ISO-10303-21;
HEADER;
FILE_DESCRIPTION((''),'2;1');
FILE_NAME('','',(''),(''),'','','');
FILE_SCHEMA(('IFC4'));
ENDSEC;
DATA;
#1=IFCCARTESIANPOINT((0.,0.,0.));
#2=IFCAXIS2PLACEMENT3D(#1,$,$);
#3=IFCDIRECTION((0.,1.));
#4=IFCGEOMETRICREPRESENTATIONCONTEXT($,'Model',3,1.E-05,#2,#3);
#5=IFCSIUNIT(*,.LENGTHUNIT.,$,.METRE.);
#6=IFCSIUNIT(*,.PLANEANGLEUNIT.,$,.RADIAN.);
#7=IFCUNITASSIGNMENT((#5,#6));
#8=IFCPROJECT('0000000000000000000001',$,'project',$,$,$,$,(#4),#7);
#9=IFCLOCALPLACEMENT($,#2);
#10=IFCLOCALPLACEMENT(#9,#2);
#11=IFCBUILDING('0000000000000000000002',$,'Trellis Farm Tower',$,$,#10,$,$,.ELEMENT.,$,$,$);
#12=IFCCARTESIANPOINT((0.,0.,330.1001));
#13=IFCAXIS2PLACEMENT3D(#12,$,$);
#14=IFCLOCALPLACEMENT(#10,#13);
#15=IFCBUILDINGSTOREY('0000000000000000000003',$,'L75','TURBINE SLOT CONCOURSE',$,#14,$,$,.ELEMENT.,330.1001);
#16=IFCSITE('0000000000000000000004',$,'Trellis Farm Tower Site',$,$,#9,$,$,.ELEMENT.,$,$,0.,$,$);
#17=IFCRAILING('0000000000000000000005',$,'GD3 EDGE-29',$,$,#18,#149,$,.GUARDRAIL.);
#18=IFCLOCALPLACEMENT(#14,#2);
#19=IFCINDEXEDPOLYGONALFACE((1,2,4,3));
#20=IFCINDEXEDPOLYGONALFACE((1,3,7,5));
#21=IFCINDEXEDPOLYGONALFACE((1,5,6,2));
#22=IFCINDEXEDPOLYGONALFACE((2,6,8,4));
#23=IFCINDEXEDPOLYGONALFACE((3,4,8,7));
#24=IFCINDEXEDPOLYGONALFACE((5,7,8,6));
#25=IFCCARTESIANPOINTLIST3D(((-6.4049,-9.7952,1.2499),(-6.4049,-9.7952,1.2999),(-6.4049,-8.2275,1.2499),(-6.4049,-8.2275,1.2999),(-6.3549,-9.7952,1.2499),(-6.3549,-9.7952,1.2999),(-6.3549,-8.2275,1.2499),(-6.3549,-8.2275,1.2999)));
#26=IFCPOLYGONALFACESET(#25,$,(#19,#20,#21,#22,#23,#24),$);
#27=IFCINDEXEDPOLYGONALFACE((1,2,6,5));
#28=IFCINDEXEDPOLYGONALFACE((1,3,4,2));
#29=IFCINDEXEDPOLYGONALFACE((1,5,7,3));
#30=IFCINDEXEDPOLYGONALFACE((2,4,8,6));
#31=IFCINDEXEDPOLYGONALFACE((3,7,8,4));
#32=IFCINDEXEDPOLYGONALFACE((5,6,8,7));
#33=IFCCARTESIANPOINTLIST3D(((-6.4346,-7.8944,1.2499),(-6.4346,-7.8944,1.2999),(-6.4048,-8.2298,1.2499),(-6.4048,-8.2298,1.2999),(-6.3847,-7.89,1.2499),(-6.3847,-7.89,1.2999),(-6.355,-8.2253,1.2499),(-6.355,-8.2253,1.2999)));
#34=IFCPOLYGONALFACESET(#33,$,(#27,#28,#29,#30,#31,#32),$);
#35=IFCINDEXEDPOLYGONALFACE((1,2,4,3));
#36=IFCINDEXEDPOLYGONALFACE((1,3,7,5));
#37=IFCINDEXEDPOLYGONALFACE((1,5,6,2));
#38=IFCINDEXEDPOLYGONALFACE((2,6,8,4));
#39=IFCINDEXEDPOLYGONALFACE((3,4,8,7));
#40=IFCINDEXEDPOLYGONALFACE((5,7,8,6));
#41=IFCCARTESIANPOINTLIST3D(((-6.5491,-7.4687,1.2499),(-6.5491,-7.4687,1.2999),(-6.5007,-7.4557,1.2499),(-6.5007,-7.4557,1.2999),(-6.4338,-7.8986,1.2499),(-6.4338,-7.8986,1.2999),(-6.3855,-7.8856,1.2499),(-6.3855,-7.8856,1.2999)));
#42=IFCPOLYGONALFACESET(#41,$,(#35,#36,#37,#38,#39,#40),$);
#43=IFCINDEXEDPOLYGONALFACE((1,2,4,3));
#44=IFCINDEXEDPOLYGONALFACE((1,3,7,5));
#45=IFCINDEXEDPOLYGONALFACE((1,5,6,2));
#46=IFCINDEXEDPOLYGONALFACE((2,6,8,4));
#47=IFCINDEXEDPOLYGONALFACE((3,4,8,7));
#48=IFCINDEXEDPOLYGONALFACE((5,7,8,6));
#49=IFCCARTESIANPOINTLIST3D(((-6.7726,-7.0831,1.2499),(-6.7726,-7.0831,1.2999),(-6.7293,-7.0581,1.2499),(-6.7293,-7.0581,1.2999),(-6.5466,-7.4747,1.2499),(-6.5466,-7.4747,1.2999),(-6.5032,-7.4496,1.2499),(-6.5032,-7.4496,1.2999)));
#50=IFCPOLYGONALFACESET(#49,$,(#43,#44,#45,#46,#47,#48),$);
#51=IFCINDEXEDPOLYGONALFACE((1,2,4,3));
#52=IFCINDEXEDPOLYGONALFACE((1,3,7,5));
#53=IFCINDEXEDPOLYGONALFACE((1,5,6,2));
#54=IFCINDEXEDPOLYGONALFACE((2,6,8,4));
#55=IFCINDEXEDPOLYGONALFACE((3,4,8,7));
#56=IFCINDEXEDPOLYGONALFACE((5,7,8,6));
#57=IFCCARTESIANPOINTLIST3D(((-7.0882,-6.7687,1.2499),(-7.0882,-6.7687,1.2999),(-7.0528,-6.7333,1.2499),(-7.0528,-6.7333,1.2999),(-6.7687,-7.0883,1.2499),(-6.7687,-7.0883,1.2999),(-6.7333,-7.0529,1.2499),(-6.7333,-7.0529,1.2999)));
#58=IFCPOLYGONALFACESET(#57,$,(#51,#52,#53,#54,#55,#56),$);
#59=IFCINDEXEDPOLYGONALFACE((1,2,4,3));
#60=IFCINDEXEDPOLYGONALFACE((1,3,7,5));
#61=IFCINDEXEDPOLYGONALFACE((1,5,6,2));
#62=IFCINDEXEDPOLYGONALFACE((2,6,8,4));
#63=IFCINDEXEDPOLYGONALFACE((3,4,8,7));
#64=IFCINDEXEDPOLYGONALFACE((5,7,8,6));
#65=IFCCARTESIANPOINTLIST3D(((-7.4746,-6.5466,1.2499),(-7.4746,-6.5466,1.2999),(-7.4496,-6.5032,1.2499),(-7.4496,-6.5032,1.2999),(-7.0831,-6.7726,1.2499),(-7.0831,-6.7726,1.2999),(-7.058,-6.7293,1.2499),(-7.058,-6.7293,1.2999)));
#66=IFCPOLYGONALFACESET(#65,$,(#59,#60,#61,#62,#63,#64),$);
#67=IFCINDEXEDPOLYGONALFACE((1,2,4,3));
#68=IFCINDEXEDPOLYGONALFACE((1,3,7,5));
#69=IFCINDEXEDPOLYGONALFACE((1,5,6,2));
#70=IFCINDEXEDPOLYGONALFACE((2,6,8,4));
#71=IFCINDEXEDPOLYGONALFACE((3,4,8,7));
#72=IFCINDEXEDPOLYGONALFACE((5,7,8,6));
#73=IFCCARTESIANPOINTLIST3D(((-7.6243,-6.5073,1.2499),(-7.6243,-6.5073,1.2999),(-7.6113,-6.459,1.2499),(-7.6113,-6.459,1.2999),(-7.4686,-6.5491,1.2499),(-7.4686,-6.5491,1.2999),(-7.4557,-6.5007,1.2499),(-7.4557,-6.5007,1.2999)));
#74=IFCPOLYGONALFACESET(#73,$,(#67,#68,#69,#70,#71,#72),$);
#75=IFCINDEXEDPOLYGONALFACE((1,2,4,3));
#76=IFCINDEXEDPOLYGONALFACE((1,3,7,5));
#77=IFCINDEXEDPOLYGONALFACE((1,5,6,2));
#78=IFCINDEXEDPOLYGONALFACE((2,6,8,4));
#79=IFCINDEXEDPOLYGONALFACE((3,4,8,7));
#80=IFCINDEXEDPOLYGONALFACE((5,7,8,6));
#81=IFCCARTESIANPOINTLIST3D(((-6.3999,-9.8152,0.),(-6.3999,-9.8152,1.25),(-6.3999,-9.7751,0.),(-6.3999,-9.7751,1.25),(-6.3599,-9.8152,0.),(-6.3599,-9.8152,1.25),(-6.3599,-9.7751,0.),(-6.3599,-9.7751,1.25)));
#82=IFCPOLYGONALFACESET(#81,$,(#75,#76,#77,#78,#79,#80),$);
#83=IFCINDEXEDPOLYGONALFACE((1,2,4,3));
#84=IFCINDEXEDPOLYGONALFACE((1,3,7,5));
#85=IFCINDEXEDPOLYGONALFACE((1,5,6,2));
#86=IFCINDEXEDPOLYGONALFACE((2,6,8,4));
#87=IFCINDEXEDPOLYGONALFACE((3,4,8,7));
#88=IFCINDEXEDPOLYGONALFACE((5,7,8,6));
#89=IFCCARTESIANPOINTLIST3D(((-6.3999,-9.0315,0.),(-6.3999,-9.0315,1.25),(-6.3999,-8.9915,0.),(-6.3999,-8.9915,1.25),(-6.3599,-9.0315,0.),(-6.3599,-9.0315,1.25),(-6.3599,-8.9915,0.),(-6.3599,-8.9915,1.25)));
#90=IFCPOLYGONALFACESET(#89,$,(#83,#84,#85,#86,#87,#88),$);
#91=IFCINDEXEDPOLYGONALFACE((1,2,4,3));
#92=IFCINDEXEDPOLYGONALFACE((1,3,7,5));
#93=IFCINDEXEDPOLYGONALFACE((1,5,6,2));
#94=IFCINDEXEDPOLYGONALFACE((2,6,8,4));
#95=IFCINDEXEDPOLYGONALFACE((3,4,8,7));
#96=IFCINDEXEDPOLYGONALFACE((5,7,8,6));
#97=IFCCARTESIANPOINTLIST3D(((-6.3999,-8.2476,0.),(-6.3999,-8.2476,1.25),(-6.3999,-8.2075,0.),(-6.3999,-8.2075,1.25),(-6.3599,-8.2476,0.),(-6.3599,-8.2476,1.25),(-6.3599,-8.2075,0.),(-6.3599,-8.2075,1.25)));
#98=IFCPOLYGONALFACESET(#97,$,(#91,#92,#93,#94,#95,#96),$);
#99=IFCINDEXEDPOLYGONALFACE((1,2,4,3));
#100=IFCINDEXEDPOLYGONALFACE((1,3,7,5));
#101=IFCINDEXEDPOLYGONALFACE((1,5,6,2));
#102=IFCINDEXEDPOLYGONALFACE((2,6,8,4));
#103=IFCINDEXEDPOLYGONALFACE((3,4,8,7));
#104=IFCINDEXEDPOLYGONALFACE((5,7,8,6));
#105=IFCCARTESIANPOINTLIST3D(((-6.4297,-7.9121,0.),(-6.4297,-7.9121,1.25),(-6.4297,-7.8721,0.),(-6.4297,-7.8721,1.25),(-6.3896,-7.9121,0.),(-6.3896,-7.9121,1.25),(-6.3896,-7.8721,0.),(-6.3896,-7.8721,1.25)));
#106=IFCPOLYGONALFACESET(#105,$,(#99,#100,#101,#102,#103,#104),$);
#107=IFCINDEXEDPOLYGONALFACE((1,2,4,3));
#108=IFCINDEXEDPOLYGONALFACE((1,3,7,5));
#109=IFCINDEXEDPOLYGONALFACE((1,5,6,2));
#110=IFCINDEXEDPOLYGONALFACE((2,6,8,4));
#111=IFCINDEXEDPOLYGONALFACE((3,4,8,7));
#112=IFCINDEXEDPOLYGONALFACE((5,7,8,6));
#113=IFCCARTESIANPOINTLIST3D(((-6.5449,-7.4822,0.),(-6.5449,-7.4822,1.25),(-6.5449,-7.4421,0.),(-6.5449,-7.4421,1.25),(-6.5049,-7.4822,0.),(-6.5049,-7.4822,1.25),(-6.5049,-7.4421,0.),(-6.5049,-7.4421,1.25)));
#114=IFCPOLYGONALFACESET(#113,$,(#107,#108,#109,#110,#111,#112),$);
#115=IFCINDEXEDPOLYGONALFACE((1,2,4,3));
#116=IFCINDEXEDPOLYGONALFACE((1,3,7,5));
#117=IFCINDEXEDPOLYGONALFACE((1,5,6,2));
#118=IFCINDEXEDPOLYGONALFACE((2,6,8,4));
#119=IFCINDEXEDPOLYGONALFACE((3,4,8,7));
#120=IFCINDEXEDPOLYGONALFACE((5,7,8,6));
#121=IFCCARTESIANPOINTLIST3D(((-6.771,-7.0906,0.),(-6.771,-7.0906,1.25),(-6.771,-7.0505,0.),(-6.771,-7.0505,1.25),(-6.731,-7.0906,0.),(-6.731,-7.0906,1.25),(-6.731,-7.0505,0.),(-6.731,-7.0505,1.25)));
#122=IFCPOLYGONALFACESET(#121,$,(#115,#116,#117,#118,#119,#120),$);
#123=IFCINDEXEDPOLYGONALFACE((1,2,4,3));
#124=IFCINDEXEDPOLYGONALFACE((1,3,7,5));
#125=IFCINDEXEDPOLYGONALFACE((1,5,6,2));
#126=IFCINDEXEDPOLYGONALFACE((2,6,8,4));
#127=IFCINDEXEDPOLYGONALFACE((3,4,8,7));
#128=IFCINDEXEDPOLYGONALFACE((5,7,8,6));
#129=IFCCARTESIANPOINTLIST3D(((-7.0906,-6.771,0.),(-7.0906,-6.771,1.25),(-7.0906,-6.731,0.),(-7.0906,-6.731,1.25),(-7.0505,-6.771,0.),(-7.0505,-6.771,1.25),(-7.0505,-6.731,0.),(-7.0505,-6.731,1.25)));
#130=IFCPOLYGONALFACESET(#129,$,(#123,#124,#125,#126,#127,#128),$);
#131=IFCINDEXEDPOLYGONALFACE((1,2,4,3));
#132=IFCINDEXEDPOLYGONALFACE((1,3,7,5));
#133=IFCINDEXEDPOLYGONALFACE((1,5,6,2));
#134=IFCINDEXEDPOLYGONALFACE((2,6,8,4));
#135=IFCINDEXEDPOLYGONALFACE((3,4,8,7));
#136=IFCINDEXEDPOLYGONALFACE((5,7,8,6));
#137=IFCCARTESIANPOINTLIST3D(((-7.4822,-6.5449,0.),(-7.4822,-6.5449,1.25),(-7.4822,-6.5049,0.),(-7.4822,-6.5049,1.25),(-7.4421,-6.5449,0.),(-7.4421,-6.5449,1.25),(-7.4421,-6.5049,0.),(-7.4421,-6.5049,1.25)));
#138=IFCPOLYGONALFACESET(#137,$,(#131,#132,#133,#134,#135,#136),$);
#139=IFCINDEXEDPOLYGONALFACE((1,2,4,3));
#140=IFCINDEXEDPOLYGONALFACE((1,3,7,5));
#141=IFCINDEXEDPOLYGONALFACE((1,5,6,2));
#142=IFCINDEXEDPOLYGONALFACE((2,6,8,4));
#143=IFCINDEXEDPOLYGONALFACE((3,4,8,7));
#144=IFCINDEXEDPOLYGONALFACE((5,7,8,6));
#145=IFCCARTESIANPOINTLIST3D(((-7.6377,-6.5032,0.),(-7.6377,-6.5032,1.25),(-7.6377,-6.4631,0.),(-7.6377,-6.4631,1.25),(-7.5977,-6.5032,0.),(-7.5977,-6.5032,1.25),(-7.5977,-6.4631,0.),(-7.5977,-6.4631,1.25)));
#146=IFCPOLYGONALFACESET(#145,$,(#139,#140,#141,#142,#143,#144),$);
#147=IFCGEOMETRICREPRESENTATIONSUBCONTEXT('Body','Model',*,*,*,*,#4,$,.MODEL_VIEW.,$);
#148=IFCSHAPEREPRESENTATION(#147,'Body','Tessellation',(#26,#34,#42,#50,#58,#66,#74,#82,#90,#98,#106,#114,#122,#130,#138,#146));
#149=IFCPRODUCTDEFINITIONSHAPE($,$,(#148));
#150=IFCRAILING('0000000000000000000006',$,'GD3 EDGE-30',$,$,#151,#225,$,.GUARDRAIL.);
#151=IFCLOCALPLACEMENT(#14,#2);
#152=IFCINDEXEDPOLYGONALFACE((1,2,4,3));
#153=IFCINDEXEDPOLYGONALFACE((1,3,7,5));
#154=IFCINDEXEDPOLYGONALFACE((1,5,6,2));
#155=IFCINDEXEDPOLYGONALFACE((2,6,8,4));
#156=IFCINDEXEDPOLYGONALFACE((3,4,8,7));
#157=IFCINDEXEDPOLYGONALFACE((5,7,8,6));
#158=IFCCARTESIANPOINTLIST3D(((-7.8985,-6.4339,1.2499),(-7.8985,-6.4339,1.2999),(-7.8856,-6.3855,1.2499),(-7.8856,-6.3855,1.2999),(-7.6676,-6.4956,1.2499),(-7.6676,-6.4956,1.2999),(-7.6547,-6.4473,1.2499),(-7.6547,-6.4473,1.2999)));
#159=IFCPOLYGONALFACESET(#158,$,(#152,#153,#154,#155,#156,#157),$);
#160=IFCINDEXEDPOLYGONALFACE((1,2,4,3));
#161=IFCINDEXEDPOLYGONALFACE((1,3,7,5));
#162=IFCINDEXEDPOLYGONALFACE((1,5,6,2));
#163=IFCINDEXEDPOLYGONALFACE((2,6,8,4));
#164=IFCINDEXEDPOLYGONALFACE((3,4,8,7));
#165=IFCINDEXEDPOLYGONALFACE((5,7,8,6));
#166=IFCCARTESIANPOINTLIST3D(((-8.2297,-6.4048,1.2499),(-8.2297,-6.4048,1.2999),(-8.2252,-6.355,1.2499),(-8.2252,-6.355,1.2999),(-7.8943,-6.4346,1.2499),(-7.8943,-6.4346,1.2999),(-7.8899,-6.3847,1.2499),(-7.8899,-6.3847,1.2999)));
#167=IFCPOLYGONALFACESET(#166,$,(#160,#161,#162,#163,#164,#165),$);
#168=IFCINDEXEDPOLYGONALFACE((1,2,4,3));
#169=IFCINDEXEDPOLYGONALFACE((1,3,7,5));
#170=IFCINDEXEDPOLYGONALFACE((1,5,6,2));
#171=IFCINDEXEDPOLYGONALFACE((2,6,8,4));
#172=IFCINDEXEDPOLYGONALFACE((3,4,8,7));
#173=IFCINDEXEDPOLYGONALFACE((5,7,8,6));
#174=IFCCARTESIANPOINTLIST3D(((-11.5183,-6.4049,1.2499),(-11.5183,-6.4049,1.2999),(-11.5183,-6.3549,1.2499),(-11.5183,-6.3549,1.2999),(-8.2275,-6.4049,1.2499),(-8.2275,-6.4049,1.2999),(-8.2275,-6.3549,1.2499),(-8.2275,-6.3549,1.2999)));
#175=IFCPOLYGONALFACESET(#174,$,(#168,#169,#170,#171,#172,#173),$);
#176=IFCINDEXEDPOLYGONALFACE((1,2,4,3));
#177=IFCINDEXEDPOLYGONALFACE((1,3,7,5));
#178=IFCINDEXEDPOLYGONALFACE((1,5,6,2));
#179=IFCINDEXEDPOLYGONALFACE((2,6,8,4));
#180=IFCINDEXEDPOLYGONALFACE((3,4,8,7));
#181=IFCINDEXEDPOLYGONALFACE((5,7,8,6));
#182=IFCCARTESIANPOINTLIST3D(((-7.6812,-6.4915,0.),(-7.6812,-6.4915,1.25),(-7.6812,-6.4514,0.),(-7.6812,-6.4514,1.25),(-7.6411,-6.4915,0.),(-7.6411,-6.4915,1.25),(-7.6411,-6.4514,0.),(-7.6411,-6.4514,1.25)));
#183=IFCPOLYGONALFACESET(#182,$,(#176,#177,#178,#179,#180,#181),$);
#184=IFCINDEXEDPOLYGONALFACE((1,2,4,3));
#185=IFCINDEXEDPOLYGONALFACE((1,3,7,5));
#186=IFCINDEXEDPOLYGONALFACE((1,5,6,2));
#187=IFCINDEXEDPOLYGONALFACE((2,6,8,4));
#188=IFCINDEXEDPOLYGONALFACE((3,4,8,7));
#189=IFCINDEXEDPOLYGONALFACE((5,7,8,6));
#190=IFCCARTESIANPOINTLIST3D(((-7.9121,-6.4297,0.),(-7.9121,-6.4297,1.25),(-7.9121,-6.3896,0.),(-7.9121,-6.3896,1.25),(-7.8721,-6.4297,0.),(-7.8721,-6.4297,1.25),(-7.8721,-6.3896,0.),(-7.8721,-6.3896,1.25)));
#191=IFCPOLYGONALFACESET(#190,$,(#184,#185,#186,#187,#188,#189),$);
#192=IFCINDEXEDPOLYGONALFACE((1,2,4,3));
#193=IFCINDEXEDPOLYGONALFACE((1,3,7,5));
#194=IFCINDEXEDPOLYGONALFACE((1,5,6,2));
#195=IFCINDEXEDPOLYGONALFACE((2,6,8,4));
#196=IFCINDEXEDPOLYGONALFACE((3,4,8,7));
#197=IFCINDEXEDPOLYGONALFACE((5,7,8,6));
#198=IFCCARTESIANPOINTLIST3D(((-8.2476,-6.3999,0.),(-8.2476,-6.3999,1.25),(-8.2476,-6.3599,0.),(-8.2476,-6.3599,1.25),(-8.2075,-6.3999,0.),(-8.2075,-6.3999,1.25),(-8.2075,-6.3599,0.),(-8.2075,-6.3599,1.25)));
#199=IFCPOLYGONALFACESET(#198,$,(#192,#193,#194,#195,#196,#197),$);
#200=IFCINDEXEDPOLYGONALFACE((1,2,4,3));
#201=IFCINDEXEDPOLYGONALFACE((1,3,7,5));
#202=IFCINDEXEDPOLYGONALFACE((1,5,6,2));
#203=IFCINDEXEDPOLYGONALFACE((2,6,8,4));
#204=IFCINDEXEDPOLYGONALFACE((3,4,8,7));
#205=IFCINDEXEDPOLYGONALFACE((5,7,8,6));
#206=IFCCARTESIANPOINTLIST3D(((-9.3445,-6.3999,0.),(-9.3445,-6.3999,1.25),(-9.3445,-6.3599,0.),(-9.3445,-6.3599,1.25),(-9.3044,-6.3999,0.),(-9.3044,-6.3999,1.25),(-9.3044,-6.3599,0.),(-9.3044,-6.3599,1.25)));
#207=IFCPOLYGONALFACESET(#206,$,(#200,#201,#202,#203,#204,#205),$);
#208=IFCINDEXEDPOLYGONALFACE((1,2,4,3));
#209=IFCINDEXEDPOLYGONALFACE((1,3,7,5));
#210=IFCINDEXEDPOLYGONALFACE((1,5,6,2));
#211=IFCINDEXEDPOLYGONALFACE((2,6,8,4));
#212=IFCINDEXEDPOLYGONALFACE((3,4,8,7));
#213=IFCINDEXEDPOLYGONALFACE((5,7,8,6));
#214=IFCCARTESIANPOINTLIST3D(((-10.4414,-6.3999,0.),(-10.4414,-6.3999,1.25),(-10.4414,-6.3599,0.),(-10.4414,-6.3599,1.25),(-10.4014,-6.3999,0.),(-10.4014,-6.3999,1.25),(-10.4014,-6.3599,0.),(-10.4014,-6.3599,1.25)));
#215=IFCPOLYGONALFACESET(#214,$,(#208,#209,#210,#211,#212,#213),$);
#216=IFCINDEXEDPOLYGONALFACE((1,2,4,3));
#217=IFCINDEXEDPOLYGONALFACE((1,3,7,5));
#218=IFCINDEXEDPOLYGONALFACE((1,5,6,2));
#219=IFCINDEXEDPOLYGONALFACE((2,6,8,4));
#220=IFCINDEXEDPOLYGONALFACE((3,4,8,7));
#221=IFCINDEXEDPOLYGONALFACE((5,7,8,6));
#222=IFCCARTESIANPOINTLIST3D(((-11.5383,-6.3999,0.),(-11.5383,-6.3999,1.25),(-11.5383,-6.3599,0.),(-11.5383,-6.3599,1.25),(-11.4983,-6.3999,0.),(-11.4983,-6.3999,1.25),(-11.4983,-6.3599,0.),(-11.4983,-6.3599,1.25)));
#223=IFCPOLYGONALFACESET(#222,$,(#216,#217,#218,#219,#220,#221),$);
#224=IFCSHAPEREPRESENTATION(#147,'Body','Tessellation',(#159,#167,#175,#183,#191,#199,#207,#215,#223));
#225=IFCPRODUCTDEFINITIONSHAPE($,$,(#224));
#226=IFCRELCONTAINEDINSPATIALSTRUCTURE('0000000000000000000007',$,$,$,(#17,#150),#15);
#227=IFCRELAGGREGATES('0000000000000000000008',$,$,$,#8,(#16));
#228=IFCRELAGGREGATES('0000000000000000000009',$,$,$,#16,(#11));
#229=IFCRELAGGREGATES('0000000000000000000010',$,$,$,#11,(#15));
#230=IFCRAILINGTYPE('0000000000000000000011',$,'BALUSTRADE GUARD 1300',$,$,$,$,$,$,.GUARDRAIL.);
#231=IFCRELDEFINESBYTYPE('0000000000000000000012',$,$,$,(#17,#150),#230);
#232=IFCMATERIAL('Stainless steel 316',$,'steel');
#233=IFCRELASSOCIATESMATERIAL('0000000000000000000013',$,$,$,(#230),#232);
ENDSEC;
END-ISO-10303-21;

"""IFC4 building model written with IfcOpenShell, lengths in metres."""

from ifc_helpers import new_model, si_unit, direction, frame, origin, origin_2d, place, context, subcontext, project, spatial, rectangle, extrude, material, type_object, element, save


model = new_model("IFC4")

# Units and contexts
model_context = context("Model", 3, precision=1e-05, world=origin(), true_north=direction((0.0, 1.0)))
body_context = subcontext(model_context, "Body", "Model", "MODEL_VIEW")
ifc_project = project(units=[si_unit("LENGTHUNIT", "METRE"), si_unit("PLANEANGLEUNIT", "RADIAN")], contexts=[model_context])

# Site, building, storey
site_placement = place(None, origin())
site = spatial("IfcSite", under=ifc_project, at=site_placement, Name="Trellis Farm Tower Site", CompositionType="ELEMENT", RefElevation=0.0)
building_placement = place(site_placement, origin())
building = spatial("IfcBuilding", under=site, at=building_placement, Name="Trellis Farm Tower", CompositionType="ELEMENT")
storey_placement = place(building_placement, frame((0.0, 0.0, 330.1001)))
storey = spatial("IfcBuildingStorey", under=building, at=storey_placement, Name="L75", Description="TURBINE SLOT CONCOURSE", CompositionType="ELEMENT", Elevation=330.1001)

# Railings
ifc_material_1 = material(Name="Stainless steel 316", Category="steel")
railing_type = type_object("IfcRailingType", Name="BALUSTRADE GUARD 1300", PredefinedType="GUARDRAIL", material=ifc_material_1)
railing_1_placement = place(storey_placement, frame((-6.3799, -9.7952, 0.0)))
element("IfcRailing", 1, at=railing_1_placement, inside=storey, type_object=railing_type, Name="GD3 EDGE-29", PredefinedType="GUARDRAIL", context=body_context, shape_type="SweptSolid", body=[
    extrude(rectangle(XDim=0.05, YDim=0.05, at=origin_2d()), frame((0.0, 0.0, 1.2749), z_axis=(0.0, 1.0, 0.0), x_axis=(-1.0, 0.0, 0.0)), (0.0, 0.0, 1.0), 1.5676),
    extrude(rectangle(XDim=0.05, YDim=0.05, at=origin_2d()), frame((0.0, 1.5676, 1.2749), z_axis=(-0.088444, 0.996081, 0.0), x_axis=(-0.996081, -0.088444, 0.0)), (0.0, 0.0, 1.0), 0.3367),
    extrude(rectangle(XDim=0.05, YDim=0.05, at=origin_2d()), frame((-0.0298, 1.9031, 1.2749), z_axis=(-0.258891, 0.965906, 0.0), x_axis=(-0.965906, -0.258891, 0.0)), (0.0, 0.0, 1.0), 0.4451),
    extrude(rectangle(XDim=0.05, YDim=0.05, at=origin_2d()), frame((-0.145, 2.333, 1.2749), z_axis=(-0.499972, 0.866042, 0.0), x_axis=(-0.866042, -0.499972, 0.0)), (0.0, 0.0, 1.0), 0.4521),
    extrude(rectangle(XDim=0.05, YDim=0.05, at=origin_2d()), frame((-0.3711, 2.7246, 1.2749), z_axis=(-0.707107, 0.707107, 0.0), x_axis=(-0.707107, -0.707107, 0.0)), (0.0, 0.0, 1.0), 0.4519),
    extrude(rectangle(XDim=0.05, YDim=0.05, at=origin_2d()), frame((-0.6907, 3.0442, 1.2749), z_axis=(-0.866042, 0.499972, 0.0), x_axis=(-0.499972, -0.866042, 0.0)), (0.0, 0.0, 1.0), 0.4521),
    extrude(rectangle(XDim=0.05, YDim=0.05, at=origin_2d()), frame((-1.0823, 3.2703, 1.2749), z_axis=(-0.965806, 0.259267, 0.0), x_axis=(-0.259267, -0.965806, 0.0)), (0.0, 0.0, 1.0), 0.1611),
    extrude(rectangle(XDim=0.04, YDim=0.04, at=origin_2d()), origin(), (0.0, 0.0, 1.0), 1.25),
    extrude(rectangle(XDim=0.04, YDim=0.04, at=origin_2d()), frame((0.0, 0.7837, 0.0)), (0.0, 0.0, 1.0), 1.25),
    extrude(rectangle(XDim=0.04, YDim=0.04, at=origin_2d()), frame((0.0, 1.5676, 0.0)), (0.0, 0.0, 1.0), 1.25),
    extrude(rectangle(XDim=0.04, YDim=0.04, at=origin_2d()), frame((-0.0298, 1.9031, 0.0)), (0.0, 0.0, 1.0), 1.25),
    extrude(rectangle(XDim=0.04, YDim=0.04, at=origin_2d()), frame((-0.145, 2.333, 0.0)), (0.0, 0.0, 1.0), 1.25),
    extrude(rectangle(XDim=0.04, YDim=0.04, at=origin_2d()), frame((-0.3711, 2.7246, 0.0)), (0.0, 0.0, 1.0), 1.25),
    extrude(rectangle(XDim=0.04, YDim=0.04, at=origin_2d()), frame((-0.6907, 3.0442, 0.0)), (0.0, 0.0, 1.0), 1.25),
    extrude(rectangle(XDim=0.04, YDim=0.04, at=origin_2d()), frame((-1.0823, 3.2703, 0.0)), (0.0, 0.0, 1.0), 1.25),
    extrude(rectangle(XDim=0.04, YDim=0.04, at=origin_2d()), frame((-1.2378, 3.312, 0.0)), (0.0, 0.0, 1.0), 1.25),
])
railing_2_placement = place(storey_placement, frame((-7.6611, -6.4714, 0.0)))
element("IfcRailing", 2, at=railing_2_placement, inside=storey, type_object=railing_type, Name="GD3 EDGE-30", PredefinedType="GUARDRAIL", context=body_context, shape_type="SweptSolid", body=[
    extrude(rectangle(XDim=0.05, YDim=0.05, at=origin_2d()), frame((0.0, 0.0, 1.2749), z_axis=(-0.966048, 0.258362, 0.0), x_axis=(-0.258362, -0.966048, 0.0)), (0.0, 0.0, 1.0), 0.239),
    extrude(rectangle(XDim=0.05, YDim=0.05, at=origin_2d()), frame((-0.231, 0.0618, 1.2749), z_axis=(-0.996081, 0.088444, 0.0), x_axis=(-0.088444, -0.996081, 0.0)), (0.0, 0.0, 1.0), 0.3367),
    extrude(rectangle(XDim=0.05, YDim=0.05, at=origin_2d()), frame((-0.5664, 0.0916, 1.2749), z_axis=(-1.0, 0.0, 0.0), x_axis=(0.0, -1.0, 0.0)), (0.0, 0.0, 1.0), 3.2908),
    extrude(rectangle(XDim=0.04, YDim=0.04, at=origin_2d()), origin(), (0.0, 0.0, 1.0), 1.25),
    extrude(rectangle(XDim=0.04, YDim=0.04, at=origin_2d()), frame((-0.231, 0.0618, 0.0)), (0.0, 0.0, 1.0), 1.25),
    extrude(rectangle(XDim=0.04, YDim=0.04, at=origin_2d()), frame((-0.5664, 0.0916, 0.0)), (0.0, 0.0, 1.0), 1.25),
    extrude(rectangle(XDim=0.04, YDim=0.04, at=origin_2d()), frame((-1.6633, 0.0916, 0.0)), (0.0, 0.0, 1.0), 1.25),
    extrude(rectangle(XDim=0.04, YDim=0.04, at=origin_2d()), frame((-2.7603, 0.0916, 0.0)), (0.0, 0.0, 1.0), 1.25),
    extrude(rectangle(XDim=0.04, YDim=0.04, at=origin_2d()), frame((-3.8572, 0.0916, 0.0)), (0.0, 0.0, 1.0), 1.25),
])

save(model, "model.ifc")
